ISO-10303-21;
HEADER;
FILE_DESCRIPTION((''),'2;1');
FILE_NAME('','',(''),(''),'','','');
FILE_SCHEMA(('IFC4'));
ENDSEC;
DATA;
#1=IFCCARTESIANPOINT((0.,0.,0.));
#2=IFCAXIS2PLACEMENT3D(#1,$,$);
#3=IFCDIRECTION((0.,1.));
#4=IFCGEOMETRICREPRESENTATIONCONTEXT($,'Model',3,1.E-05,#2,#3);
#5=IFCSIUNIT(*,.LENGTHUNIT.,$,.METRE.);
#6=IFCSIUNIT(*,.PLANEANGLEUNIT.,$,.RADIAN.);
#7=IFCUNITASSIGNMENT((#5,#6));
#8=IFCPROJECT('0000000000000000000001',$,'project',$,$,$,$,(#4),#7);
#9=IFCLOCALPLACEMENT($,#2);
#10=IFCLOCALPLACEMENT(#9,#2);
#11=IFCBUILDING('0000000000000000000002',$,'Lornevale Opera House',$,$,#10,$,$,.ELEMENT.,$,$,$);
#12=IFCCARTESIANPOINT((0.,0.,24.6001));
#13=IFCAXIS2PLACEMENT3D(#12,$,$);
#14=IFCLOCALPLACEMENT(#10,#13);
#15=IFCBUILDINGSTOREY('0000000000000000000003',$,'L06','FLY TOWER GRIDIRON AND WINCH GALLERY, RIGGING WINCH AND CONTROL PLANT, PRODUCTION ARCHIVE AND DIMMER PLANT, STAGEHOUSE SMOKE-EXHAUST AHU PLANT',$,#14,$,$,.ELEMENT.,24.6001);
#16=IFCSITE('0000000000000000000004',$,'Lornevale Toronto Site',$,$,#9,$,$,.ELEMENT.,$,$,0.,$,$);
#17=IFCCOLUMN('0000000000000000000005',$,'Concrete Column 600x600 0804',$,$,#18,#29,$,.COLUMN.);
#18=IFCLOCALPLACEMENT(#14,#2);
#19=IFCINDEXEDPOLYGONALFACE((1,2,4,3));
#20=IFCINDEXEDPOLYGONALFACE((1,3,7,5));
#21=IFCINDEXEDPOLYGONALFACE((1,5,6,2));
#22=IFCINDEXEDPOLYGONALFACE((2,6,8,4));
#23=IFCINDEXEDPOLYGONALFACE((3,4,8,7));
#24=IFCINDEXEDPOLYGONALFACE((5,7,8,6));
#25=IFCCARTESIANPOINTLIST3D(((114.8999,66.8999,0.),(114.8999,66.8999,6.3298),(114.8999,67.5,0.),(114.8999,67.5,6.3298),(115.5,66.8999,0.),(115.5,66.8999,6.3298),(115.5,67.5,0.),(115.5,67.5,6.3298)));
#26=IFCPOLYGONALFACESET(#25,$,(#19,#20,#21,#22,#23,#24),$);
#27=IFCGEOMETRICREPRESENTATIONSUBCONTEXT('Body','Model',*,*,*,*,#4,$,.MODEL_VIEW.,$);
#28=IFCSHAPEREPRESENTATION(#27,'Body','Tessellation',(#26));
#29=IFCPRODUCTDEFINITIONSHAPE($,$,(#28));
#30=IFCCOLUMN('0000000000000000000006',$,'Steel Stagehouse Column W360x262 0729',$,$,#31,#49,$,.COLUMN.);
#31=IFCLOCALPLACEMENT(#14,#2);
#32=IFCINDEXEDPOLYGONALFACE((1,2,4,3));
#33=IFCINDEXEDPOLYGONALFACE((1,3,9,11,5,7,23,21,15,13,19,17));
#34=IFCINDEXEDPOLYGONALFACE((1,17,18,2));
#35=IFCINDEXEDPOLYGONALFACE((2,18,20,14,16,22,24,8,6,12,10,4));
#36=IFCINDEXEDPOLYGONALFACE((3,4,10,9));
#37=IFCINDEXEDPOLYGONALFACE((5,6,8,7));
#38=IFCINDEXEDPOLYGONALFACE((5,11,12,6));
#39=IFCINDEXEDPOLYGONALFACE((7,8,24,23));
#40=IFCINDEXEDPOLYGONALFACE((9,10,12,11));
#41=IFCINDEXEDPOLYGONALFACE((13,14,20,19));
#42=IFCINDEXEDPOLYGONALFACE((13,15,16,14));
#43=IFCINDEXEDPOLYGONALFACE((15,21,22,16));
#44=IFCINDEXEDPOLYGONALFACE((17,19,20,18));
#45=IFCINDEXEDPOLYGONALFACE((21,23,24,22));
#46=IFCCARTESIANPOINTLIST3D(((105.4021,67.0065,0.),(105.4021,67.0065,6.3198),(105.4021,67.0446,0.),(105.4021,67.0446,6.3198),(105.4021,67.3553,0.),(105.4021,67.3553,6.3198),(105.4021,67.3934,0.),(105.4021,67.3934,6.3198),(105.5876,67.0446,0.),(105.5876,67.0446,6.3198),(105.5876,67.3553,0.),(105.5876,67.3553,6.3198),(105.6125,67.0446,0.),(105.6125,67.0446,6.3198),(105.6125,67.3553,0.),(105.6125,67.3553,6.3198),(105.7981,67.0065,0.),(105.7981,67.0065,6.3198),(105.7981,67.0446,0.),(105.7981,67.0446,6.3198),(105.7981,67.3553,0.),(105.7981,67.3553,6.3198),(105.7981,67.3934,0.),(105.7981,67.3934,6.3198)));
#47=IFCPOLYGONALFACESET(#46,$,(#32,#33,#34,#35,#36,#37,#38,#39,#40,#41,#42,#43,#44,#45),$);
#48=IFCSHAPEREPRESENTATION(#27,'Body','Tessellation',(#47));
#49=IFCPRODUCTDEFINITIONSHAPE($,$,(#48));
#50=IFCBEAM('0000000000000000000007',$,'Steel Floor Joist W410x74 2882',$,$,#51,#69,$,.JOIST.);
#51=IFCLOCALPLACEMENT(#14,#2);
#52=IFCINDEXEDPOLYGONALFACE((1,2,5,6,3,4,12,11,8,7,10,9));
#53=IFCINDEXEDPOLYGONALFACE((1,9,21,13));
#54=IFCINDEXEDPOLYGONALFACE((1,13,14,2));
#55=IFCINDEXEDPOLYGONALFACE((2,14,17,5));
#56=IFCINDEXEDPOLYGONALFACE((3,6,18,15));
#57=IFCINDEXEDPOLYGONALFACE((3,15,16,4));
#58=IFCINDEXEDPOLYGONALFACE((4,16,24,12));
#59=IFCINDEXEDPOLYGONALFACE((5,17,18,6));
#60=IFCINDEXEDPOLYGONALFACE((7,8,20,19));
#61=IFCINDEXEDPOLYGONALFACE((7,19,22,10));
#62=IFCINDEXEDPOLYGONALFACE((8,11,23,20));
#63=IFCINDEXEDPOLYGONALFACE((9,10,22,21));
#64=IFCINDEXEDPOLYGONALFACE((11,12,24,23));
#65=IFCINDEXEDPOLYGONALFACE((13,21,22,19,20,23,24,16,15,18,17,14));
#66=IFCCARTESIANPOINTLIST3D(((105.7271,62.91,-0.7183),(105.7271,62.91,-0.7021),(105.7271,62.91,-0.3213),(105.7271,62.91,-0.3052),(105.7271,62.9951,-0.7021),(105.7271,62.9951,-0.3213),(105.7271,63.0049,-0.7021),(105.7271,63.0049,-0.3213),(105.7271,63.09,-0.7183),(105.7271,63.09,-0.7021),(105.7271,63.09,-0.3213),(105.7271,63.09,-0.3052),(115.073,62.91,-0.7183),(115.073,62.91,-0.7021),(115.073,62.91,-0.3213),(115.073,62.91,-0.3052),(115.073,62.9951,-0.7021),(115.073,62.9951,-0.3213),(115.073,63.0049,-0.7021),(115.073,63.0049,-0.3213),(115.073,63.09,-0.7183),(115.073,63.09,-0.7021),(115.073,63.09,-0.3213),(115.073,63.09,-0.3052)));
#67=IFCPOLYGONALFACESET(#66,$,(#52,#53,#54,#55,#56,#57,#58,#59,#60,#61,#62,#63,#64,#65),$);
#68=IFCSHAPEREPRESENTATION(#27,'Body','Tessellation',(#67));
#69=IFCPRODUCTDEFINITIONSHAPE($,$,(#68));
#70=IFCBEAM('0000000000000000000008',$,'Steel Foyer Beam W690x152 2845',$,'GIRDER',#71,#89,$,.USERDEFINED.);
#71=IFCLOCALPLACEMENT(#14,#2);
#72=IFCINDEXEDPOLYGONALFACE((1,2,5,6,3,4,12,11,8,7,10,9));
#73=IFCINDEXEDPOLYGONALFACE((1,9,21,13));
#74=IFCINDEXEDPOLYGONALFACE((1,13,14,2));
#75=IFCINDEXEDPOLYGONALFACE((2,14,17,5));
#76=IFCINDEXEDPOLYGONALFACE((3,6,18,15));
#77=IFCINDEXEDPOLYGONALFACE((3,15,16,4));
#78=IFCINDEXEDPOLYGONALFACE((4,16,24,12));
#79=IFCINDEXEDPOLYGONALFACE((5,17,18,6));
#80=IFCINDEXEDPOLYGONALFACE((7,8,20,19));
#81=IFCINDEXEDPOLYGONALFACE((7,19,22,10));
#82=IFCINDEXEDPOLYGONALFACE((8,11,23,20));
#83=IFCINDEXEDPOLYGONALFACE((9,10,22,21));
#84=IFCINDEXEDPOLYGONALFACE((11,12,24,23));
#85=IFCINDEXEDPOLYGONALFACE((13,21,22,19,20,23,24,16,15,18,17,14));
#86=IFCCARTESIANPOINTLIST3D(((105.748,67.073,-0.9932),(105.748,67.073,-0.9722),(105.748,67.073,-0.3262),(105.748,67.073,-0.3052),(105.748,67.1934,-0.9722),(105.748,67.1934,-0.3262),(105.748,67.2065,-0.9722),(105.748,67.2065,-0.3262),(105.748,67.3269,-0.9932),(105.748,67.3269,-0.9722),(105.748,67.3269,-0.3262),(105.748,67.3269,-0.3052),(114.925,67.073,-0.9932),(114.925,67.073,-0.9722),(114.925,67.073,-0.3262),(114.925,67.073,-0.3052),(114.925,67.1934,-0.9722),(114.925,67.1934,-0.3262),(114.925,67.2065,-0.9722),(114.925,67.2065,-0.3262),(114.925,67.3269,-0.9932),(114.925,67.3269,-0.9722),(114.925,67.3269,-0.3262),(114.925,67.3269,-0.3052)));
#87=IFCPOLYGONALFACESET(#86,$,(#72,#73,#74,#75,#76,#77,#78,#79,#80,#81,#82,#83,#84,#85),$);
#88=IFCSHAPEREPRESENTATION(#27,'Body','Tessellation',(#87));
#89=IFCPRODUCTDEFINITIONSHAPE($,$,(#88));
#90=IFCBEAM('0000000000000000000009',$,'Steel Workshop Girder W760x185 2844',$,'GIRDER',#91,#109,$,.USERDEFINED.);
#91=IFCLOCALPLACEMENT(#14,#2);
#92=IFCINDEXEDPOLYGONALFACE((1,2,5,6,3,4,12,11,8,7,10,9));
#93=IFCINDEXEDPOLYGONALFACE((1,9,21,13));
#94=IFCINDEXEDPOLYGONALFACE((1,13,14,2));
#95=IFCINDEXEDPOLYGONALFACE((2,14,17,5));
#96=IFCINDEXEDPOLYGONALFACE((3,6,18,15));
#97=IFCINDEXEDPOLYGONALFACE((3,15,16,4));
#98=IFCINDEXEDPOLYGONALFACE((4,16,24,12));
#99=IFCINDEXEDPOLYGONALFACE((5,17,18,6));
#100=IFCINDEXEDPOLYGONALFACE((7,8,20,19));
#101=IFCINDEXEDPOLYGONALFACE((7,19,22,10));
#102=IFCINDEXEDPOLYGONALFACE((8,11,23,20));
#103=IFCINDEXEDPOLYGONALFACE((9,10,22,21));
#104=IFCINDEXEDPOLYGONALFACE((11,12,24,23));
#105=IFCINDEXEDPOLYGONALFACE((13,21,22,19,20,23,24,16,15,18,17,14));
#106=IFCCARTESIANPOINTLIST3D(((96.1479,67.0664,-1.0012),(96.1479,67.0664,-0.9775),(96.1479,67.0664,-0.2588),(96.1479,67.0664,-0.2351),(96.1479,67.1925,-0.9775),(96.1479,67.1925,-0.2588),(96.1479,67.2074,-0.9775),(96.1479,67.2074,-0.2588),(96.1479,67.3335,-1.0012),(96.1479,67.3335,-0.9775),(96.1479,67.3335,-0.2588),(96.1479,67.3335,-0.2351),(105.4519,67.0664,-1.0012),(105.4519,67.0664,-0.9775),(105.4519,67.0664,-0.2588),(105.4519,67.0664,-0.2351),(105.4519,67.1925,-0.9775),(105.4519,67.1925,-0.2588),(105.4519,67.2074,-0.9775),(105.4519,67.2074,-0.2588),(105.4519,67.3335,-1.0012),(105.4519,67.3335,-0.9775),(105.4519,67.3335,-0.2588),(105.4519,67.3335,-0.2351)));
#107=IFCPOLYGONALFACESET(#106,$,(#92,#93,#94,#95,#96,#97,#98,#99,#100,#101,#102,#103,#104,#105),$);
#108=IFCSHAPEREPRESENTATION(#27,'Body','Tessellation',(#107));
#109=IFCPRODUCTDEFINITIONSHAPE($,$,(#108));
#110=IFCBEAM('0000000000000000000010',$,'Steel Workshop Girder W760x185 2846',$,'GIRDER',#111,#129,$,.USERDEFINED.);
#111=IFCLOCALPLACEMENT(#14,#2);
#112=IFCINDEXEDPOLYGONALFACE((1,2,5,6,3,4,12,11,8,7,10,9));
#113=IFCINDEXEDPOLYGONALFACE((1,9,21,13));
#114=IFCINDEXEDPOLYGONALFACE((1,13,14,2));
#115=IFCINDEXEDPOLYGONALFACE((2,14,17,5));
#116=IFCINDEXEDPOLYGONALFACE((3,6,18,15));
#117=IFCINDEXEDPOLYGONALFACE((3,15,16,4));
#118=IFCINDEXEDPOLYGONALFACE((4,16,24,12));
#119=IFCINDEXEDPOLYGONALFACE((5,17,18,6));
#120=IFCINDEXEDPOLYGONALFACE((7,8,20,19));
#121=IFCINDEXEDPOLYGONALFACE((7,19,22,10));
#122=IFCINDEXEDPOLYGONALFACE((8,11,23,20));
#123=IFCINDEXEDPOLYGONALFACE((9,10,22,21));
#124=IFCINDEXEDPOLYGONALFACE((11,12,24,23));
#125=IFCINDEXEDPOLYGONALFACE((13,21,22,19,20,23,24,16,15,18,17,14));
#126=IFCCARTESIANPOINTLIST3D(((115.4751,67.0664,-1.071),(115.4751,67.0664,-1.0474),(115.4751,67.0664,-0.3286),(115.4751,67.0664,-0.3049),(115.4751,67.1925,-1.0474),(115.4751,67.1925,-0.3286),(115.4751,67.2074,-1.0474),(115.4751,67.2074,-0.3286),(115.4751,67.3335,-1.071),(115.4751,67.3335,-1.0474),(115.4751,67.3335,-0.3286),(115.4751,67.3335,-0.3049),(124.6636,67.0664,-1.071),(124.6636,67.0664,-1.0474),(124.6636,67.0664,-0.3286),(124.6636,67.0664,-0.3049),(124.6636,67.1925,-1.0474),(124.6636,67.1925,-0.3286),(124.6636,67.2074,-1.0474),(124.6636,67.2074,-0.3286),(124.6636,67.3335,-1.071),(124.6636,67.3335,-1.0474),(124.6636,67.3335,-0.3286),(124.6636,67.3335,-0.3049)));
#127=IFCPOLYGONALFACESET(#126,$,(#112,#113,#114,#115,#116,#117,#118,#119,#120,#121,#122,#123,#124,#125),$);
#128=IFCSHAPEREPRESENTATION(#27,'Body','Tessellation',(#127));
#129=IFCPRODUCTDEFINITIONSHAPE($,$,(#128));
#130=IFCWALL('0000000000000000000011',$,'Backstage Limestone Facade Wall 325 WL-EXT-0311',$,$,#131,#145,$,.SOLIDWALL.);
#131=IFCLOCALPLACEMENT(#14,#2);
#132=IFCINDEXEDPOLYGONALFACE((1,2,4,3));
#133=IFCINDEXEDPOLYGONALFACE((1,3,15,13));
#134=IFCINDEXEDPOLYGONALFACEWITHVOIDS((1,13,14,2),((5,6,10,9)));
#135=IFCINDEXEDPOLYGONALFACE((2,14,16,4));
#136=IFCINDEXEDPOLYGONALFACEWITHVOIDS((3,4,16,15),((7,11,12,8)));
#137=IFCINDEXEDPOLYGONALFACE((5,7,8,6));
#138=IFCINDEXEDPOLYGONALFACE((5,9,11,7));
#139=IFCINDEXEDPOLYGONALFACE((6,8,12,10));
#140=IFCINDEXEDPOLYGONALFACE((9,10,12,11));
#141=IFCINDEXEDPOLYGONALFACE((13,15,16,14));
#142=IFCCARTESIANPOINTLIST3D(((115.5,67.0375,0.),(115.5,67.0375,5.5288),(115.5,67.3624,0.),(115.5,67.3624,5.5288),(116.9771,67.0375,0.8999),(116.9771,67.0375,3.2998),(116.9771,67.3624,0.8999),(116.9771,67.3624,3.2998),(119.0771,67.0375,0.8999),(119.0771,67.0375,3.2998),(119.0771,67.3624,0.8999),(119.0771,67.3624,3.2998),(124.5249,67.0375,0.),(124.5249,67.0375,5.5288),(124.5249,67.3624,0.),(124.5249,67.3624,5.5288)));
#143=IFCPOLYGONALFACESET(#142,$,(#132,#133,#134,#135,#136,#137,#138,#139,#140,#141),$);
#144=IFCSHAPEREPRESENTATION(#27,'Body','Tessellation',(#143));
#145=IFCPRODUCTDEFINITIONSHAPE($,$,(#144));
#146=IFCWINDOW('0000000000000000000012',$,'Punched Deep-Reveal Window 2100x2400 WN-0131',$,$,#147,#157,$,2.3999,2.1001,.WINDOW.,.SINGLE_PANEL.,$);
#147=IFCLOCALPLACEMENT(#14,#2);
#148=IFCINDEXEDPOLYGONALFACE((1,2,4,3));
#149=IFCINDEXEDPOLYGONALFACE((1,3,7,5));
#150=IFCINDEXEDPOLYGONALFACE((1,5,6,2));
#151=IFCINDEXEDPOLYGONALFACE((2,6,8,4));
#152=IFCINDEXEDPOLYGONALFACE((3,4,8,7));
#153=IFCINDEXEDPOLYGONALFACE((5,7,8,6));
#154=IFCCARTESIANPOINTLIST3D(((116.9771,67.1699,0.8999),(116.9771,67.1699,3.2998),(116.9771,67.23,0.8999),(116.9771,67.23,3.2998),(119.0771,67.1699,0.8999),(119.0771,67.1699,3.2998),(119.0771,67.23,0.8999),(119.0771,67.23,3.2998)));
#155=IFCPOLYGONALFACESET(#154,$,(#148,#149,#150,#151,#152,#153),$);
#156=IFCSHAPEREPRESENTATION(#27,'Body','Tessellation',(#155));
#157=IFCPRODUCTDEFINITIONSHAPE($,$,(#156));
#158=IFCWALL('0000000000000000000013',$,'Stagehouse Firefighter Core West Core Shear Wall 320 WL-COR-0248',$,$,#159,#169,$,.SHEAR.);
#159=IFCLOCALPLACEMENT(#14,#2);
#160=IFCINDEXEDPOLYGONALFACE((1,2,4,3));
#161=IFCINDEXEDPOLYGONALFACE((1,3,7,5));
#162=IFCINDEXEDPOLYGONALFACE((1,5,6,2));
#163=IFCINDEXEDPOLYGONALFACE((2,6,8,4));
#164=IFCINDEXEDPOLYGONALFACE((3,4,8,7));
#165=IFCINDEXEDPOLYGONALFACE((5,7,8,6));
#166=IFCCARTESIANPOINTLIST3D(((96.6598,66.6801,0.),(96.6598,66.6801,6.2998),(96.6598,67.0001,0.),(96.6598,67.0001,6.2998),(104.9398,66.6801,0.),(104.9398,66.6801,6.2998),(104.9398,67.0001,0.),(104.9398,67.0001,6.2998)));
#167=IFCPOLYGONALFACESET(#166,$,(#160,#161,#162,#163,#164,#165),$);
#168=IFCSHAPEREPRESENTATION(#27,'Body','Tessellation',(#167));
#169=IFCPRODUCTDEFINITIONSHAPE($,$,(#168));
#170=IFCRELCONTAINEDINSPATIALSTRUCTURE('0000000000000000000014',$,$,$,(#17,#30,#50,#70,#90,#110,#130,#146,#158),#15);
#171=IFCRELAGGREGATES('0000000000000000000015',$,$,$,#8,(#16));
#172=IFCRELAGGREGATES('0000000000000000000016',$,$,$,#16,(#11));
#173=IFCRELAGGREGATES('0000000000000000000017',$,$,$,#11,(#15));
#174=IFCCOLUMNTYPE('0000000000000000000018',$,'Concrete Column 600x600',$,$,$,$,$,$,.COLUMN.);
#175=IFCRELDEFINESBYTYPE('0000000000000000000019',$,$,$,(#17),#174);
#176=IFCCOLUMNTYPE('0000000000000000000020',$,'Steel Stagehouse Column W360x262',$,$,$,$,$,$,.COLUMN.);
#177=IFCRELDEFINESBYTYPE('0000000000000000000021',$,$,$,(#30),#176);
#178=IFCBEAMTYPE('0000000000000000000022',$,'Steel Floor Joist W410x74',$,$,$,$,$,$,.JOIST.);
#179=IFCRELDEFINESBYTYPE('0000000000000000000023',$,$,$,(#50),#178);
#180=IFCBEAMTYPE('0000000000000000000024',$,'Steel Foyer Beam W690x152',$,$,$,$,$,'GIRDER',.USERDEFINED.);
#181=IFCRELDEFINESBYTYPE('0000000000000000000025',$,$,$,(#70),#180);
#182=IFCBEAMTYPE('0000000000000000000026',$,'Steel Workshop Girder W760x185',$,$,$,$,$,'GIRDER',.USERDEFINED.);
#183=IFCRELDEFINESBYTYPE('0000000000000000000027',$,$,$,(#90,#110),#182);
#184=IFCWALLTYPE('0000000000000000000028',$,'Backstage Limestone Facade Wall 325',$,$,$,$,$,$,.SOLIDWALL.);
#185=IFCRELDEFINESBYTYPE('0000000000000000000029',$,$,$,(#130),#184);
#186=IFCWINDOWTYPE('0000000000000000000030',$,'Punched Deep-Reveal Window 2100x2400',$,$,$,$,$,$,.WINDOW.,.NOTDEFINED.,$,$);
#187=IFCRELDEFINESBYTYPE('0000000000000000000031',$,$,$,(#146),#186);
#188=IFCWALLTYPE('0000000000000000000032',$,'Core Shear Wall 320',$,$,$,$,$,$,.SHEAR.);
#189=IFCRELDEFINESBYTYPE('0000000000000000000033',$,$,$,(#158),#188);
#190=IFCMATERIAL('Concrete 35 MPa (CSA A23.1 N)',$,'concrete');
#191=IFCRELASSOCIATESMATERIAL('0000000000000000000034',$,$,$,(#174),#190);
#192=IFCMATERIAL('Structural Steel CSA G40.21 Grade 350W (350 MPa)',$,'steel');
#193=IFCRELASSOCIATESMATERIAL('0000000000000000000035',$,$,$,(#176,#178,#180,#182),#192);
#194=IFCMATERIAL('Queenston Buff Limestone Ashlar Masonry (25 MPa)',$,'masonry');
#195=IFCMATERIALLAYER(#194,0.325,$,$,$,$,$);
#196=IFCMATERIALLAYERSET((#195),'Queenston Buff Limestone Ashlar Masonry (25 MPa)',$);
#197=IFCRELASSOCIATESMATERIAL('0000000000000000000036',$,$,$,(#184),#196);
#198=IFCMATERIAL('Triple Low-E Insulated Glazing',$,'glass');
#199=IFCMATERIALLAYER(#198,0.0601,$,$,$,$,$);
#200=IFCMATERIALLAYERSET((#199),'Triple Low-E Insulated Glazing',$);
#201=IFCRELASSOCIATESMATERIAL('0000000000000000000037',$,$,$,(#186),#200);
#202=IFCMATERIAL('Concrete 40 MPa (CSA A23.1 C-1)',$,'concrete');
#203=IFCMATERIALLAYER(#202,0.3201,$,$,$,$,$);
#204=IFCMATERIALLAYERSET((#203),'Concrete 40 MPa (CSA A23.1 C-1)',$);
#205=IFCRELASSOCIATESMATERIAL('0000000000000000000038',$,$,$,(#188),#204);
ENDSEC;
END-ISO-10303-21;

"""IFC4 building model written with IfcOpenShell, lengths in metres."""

from ifc_helpers import new_model, si_unit, direction, frame, frame_2d, origin, origin_2d, place, context, subcontext, project, spatial, rectangle, i_section, extrude, material, layer, layer_set, material_profile, profile_set, type_object, element, fill, save


model = new_model("IFC4")

# Units and contexts
model_context = context("Model", 3, precision=1e-05, world=origin(), true_north=direction((0.0, 1.0)))
body_context = subcontext(model_context, "Body", "Model", "MODEL_VIEW")
ifc_project = project(units=[si_unit("LENGTHUNIT", "METRE"), si_unit("PLANEANGLEUNIT", "RADIAN")], contexts=[model_context])

# Site, building, storey
site_placement = place(None, origin())
site = spatial("IfcSite", under=ifc_project, at=site_placement, Name="Lornevale Toronto Site", CompositionType="ELEMENT", RefElevation=0.0)
building_placement = place(site_placement, origin())
building = spatial("IfcBuilding", under=site, at=building_placement, Name="Lornevale Opera House", CompositionType="ELEMENT")
storey_placement = place(building_placement, frame((0.0, 0.0, 24.6001)))
storey = spatial("IfcBuildingStorey", under=building, at=storey_placement, Name="L06", Description="FLY TOWER GRIDIRON AND WINCH GALLERY, RIGGING WINCH AND CONTROL PLANT, PRODUCTION ARCHIVE AND DIMMER PLANT, STAGEHOUSE SMOKE-EXHAUST AHU PLANT", CompositionType="ELEMENT", Elevation=24.6001)

# Columns
ifc_material_1 = material(Name="Concrete 35 MPa (CSA A23.1 N)", Category="concrete")
ifc_material_profile_1 = material_profile(ifc_material_1, rectangle(XDim=0.6001, YDim=0.6001, at=origin_2d()), Name="RC600x600")
ifc_profile_set_1 = profile_set([ifc_material_profile_1], Name="Concrete 35 MPa (CSA A23.1 N)")
column_type_1 = type_object("IfcColumnType", Name="Concrete Column 600x600", PredefinedType="COLUMN", material=ifc_profile_set_1)
column_1_placement = place(storey_placement, frame((115.2, 67.2, 0.0), z_axis=(0.0, 0.0, 1.0), x_axis=(1.0, 0.0, 0.0)))
element("IfcColumn", 1, at=column_1_placement, inside=storey, type_object=column_type_1, Name="Concrete Column 600x600 0804", PredefinedType="COLUMN", context=body_context, shape_type="SweptSolid", body=[
    extrude(rectangle(XDim=0.6001, YDim=0.6001, at=origin_2d()), origin(), (0.0, 0.0, 1.0), 6.3298),
])
ifc_material_2 = material(Name="Structural Steel CSA G40.21 Grade 350W (350 MPa)", Category="steel")
ifc_material_profile_2 = material_profile(ifc_material_2, i_section(OverallWidth=0.396, OverallDepth=0.387, WebThickness=0.0249, FlangeThickness=0.0381, at=origin_2d()), Name="W360x262")
ifc_profile_set_2 = profile_set([ifc_material_profile_2], Name="Structural Steel CSA G40.21 Grade 350W (350 MPa)")
column_type_2 = type_object("IfcColumnType", Name="Steel Stagehouse Column W360x262", PredefinedType="COLUMN", material=ifc_profile_set_2)
column_2_placement = place(storey_placement, frame((105.6001, 67.2, 0.0), z_axis=(0.0, 0.0, 1.0), x_axis=(1.0, 0.0, 0.0)))
element("IfcColumn", 2, at=column_2_placement, inside=storey, type_object=column_type_2, Name="Steel Stagehouse Column W360x262 0729", PredefinedType="COLUMN", context=body_context, shape_type="SweptSolid", body=[
    extrude(i_section(OverallWidth=0.396, OverallDepth=0.387, WebThickness=0.0249, FlangeThickness=0.0381, at=origin_2d()), origin(), (0.0, 0.0, 1.0), 6.3198),
])

# Beams
ifc_material_profile_3 = material_profile(ifc_material_2, i_section(OverallWidth=0.1799, OverallDepth=0.4131, WebThickness=0.0098, FlangeThickness=0.0161, at=origin_2d()), Name="W410x74")
ifc_profile_set_3 = profile_set([ifc_material_profile_3], Name="Structural Steel CSA G40.21 Grade 350W (350 MPa)")
beam_type_1 = type_object("IfcBeamType", Name="Steel Floor Joist W410x74", PredefinedType="JOIST", material=ifc_profile_set_3)
beam_1_placement = place(storey_placement, frame((105.7271, 63.0, -0.5117), z_axis=(1.0, 0.0, 0.0), x_axis=(0.0, 1.0, 0.0)))
element("IfcBeam", 3, at=beam_1_placement, inside=storey, type_object=beam_type_1, Name="Steel Floor Joist W410x74 2882", PredefinedType="JOIST", context=body_context, shape_type="SweptSolid", body=[
    extrude(i_section(OverallWidth=0.1799, OverallDepth=0.4131, WebThickness=0.0098, FlangeThickness=0.0161, at=origin_2d()), origin(), (0.0, 0.0, 1.0), 9.3459),
])
ifc_material_profile_4 = material_profile(ifc_material_2, i_section(OverallWidth=0.2539, OverallDepth=0.688, WebThickness=0.0132, FlangeThickness=0.021, at=origin_2d()), Name="W690x152")
ifc_profile_set_4 = profile_set([ifc_material_profile_4], Name="Structural Steel CSA G40.21 Grade 350W (350 MPa)")
beam_type_2 = type_object("IfcBeamType", Name="Steel Foyer Beam W690x152", ElementType="GIRDER", PredefinedType="USERDEFINED", material=ifc_profile_set_4)
beam_2_placement = place(storey_placement, frame((105.748, 67.2, -0.6492), z_axis=(1.0, 0.0, 0.0), x_axis=(0.0, 1.0, 0.0)))
element("IfcBeam", 4, at=beam_2_placement, inside=storey, type_object=beam_type_2, Name="Steel Foyer Beam W690x152 2845", ObjectType="GIRDER", PredefinedType="USERDEFINED", context=body_context, shape_type="SweptSolid", body=[
    extrude(i_section(OverallWidth=0.2539, OverallDepth=0.688, WebThickness=0.0132, FlangeThickness=0.021, at=origin_2d()), origin(), (0.0, 0.0, 1.0), 9.177),
])
ifc_material_profile_5 = material_profile(ifc_material_2, i_section(OverallWidth=0.2671, OverallDepth=0.7661, WebThickness=0.0149, FlangeThickness=0.0237, at=origin_2d()), Name="W760x185")
ifc_profile_set_5 = profile_set([ifc_material_profile_5], Name="Structural Steel CSA G40.21 Grade 350W (350 MPa)")
beam_type_3 = type_object("IfcBeamType", Name="Steel Workshop Girder W760x185", ElementType="GIRDER", PredefinedType="USERDEFINED", material=ifc_profile_set_5)
beam_3_placement = place(storey_placement, frame((96.1479, 67.2, -0.6182), z_axis=(1.0, 0.0, 0.0), x_axis=(0.0, 1.0, 0.0)))
element("IfcBeam", 5, at=beam_3_placement, inside=storey, type_object=beam_type_3, Name="Steel Workshop Girder W760x185 2844", ObjectType="GIRDER", PredefinedType="USERDEFINED", context=body_context, shape_type="SweptSolid", body=[
    extrude(i_section(OverallWidth=0.2671, OverallDepth=0.7661, WebThickness=0.0149, FlangeThickness=0.0237, at=origin_2d()), origin(), (0.0, 0.0, 1.0), 9.304),
])
beam_4_placement = place(storey_placement, frame((115.4751, 67.2, -0.688), z_axis=(1.0, 0.0, 0.0), x_axis=(0.0, 1.0, 0.0)))
element("IfcBeam", 6, at=beam_4_placement, inside=storey, type_object=beam_type_3, Name="Steel Workshop Girder W760x185 2846", ObjectType="GIRDER", PredefinedType="USERDEFINED", context=body_context, shape_type="SweptSolid", body=[
    extrude(i_section(OverallWidth=0.2671, OverallDepth=0.7661, WebThickness=0.0149, FlangeThickness=0.0237, at=origin_2d()), origin(), (0.0, 0.0, 1.0), 9.1885),
])

# Wall, opening, window
ifc_material_3 = material(Name="Queenston Buff Limestone Ashlar Masonry (25 MPa)", Category="masonry")
ifc_layer_1 = layer(ifc_material_3, 0.325)
ifc_layer_set_1 = layer_set([ifc_layer_1], Name="Queenston Buff Limestone Ashlar Masonry (25 MPa)")
wall_type_1 = type_object("IfcWallType", Name="Backstage Limestone Facade Wall 325", PredefinedType="SOLIDWALL", material=ifc_layer_set_1)
wall_1_placement = place(storey_placement, frame((115.5, 67.2, 0.0), z_axis=(0.0, 0.0, 1.0), x_axis=(1.0, 0.0, 0.0)))
wall_1 = element("IfcWall", 7, at=wall_1_placement, inside=storey, type_object=wall_type_1, Name="Backstage Limestone Facade Wall 325 WL-EXT-0311", PredefinedType="SOLIDWALL", context=body_context, shape_type="SweptSolid", body=[
    extrude(rectangle(XDim=9.0249, YDim=0.325, at=frame_2d((4.5125, 0.0))), origin(), (0.0, 0.0, 1.0), 5.5288),
])
opening_placement = place(wall_1_placement, frame((1.4771, 0.0, 0.8999)))
opening = element("IfcOpeningElement", 8, at=opening_placement, cuts=wall_1, PredefinedType="OPENING", context=body_context, shape_type="SweptSolid", body=[
    extrude(rectangle(XDim=2.1001, YDim=2.3999, at=frame_2d((1.05, 1.2))), frame((0.0, 0.1724, 0.0), z_axis=(0.0, -1.0, 0.0), x_axis=(1.0, 0.0, 0.0)), (0.0, 0.0, 1.0), 0.345),
])
ifc_material_4 = material(Name="Triple Low-E Insulated Glazing", Category="glass")
ifc_layer_2 = layer(ifc_material_4, 0.0601)
ifc_layer_set_2 = layer_set([ifc_layer_2], Name="Triple Low-E Insulated Glazing")
window_type = type_object("IfcWindowType", Name="Punched Deep-Reveal Window 2100x2400", PartitioningType="NOTDEFINED", PredefinedType="WINDOW", material=ifc_layer_set_2)
window_placement = place(opening_placement, origin())
window = element("IfcWindow", 9, at=window_placement, inside=storey, type_object=window_type, Name="Punched Deep-Reveal Window 2100x2400 WN-0131", OverallHeight=2.3999, OverallWidth=2.1001, PartitioningType="SINGLE_PANEL", PredefinedType="WINDOW", context=body_context, shape_type="SweptSolid", body=[
    extrude(rectangle(XDim=2.1001, YDim=2.3999, at=frame_2d((1.05, 1.2))), frame((0.0, 0.03, 0.0), z_axis=(0.0, -1.0, 0.0), x_axis=(1.0, 0.0, 0.0)), (0.0, 0.0, 1.0), 0.0601),
])
fill(opening, window)

# Wall
ifc_material_5 = material(Name="Concrete 40 MPa (CSA A23.1 C-1)", Category="concrete")
ifc_layer_3 = layer(ifc_material_5, 0.3201)
ifc_layer_set_3 = layer_set([ifc_layer_3], Name="Concrete 40 MPa (CSA A23.1 C-1)")
wall_type_2 = type_object("IfcWallType", Name="Core Shear Wall 320", PredefinedType="SHEAR", material=ifc_layer_set_3)
wall_2_placement = place(storey_placement, frame((104.9399, 66.8401, 0.0), z_axis=(0.0, 0.0, 1.0), x_axis=(-1.0, 0.0, 0.0)))
element("IfcWall", 10, at=wall_2_placement, inside=storey, type_object=wall_type_2, Name="Stagehouse Firefighter Core West Core Shear Wall 320 WL-COR-0248", PredefinedType="SHEAR", context=body_context, shape_type="SweptSolid", body=[
    extrude(rectangle(XDim=8.28, YDim=0.3201, at=frame_2d((4.1401, 0.0))), origin(), (0.0, 0.0, 1.0), 6.2998),
])

save(model, "model.ifc")
